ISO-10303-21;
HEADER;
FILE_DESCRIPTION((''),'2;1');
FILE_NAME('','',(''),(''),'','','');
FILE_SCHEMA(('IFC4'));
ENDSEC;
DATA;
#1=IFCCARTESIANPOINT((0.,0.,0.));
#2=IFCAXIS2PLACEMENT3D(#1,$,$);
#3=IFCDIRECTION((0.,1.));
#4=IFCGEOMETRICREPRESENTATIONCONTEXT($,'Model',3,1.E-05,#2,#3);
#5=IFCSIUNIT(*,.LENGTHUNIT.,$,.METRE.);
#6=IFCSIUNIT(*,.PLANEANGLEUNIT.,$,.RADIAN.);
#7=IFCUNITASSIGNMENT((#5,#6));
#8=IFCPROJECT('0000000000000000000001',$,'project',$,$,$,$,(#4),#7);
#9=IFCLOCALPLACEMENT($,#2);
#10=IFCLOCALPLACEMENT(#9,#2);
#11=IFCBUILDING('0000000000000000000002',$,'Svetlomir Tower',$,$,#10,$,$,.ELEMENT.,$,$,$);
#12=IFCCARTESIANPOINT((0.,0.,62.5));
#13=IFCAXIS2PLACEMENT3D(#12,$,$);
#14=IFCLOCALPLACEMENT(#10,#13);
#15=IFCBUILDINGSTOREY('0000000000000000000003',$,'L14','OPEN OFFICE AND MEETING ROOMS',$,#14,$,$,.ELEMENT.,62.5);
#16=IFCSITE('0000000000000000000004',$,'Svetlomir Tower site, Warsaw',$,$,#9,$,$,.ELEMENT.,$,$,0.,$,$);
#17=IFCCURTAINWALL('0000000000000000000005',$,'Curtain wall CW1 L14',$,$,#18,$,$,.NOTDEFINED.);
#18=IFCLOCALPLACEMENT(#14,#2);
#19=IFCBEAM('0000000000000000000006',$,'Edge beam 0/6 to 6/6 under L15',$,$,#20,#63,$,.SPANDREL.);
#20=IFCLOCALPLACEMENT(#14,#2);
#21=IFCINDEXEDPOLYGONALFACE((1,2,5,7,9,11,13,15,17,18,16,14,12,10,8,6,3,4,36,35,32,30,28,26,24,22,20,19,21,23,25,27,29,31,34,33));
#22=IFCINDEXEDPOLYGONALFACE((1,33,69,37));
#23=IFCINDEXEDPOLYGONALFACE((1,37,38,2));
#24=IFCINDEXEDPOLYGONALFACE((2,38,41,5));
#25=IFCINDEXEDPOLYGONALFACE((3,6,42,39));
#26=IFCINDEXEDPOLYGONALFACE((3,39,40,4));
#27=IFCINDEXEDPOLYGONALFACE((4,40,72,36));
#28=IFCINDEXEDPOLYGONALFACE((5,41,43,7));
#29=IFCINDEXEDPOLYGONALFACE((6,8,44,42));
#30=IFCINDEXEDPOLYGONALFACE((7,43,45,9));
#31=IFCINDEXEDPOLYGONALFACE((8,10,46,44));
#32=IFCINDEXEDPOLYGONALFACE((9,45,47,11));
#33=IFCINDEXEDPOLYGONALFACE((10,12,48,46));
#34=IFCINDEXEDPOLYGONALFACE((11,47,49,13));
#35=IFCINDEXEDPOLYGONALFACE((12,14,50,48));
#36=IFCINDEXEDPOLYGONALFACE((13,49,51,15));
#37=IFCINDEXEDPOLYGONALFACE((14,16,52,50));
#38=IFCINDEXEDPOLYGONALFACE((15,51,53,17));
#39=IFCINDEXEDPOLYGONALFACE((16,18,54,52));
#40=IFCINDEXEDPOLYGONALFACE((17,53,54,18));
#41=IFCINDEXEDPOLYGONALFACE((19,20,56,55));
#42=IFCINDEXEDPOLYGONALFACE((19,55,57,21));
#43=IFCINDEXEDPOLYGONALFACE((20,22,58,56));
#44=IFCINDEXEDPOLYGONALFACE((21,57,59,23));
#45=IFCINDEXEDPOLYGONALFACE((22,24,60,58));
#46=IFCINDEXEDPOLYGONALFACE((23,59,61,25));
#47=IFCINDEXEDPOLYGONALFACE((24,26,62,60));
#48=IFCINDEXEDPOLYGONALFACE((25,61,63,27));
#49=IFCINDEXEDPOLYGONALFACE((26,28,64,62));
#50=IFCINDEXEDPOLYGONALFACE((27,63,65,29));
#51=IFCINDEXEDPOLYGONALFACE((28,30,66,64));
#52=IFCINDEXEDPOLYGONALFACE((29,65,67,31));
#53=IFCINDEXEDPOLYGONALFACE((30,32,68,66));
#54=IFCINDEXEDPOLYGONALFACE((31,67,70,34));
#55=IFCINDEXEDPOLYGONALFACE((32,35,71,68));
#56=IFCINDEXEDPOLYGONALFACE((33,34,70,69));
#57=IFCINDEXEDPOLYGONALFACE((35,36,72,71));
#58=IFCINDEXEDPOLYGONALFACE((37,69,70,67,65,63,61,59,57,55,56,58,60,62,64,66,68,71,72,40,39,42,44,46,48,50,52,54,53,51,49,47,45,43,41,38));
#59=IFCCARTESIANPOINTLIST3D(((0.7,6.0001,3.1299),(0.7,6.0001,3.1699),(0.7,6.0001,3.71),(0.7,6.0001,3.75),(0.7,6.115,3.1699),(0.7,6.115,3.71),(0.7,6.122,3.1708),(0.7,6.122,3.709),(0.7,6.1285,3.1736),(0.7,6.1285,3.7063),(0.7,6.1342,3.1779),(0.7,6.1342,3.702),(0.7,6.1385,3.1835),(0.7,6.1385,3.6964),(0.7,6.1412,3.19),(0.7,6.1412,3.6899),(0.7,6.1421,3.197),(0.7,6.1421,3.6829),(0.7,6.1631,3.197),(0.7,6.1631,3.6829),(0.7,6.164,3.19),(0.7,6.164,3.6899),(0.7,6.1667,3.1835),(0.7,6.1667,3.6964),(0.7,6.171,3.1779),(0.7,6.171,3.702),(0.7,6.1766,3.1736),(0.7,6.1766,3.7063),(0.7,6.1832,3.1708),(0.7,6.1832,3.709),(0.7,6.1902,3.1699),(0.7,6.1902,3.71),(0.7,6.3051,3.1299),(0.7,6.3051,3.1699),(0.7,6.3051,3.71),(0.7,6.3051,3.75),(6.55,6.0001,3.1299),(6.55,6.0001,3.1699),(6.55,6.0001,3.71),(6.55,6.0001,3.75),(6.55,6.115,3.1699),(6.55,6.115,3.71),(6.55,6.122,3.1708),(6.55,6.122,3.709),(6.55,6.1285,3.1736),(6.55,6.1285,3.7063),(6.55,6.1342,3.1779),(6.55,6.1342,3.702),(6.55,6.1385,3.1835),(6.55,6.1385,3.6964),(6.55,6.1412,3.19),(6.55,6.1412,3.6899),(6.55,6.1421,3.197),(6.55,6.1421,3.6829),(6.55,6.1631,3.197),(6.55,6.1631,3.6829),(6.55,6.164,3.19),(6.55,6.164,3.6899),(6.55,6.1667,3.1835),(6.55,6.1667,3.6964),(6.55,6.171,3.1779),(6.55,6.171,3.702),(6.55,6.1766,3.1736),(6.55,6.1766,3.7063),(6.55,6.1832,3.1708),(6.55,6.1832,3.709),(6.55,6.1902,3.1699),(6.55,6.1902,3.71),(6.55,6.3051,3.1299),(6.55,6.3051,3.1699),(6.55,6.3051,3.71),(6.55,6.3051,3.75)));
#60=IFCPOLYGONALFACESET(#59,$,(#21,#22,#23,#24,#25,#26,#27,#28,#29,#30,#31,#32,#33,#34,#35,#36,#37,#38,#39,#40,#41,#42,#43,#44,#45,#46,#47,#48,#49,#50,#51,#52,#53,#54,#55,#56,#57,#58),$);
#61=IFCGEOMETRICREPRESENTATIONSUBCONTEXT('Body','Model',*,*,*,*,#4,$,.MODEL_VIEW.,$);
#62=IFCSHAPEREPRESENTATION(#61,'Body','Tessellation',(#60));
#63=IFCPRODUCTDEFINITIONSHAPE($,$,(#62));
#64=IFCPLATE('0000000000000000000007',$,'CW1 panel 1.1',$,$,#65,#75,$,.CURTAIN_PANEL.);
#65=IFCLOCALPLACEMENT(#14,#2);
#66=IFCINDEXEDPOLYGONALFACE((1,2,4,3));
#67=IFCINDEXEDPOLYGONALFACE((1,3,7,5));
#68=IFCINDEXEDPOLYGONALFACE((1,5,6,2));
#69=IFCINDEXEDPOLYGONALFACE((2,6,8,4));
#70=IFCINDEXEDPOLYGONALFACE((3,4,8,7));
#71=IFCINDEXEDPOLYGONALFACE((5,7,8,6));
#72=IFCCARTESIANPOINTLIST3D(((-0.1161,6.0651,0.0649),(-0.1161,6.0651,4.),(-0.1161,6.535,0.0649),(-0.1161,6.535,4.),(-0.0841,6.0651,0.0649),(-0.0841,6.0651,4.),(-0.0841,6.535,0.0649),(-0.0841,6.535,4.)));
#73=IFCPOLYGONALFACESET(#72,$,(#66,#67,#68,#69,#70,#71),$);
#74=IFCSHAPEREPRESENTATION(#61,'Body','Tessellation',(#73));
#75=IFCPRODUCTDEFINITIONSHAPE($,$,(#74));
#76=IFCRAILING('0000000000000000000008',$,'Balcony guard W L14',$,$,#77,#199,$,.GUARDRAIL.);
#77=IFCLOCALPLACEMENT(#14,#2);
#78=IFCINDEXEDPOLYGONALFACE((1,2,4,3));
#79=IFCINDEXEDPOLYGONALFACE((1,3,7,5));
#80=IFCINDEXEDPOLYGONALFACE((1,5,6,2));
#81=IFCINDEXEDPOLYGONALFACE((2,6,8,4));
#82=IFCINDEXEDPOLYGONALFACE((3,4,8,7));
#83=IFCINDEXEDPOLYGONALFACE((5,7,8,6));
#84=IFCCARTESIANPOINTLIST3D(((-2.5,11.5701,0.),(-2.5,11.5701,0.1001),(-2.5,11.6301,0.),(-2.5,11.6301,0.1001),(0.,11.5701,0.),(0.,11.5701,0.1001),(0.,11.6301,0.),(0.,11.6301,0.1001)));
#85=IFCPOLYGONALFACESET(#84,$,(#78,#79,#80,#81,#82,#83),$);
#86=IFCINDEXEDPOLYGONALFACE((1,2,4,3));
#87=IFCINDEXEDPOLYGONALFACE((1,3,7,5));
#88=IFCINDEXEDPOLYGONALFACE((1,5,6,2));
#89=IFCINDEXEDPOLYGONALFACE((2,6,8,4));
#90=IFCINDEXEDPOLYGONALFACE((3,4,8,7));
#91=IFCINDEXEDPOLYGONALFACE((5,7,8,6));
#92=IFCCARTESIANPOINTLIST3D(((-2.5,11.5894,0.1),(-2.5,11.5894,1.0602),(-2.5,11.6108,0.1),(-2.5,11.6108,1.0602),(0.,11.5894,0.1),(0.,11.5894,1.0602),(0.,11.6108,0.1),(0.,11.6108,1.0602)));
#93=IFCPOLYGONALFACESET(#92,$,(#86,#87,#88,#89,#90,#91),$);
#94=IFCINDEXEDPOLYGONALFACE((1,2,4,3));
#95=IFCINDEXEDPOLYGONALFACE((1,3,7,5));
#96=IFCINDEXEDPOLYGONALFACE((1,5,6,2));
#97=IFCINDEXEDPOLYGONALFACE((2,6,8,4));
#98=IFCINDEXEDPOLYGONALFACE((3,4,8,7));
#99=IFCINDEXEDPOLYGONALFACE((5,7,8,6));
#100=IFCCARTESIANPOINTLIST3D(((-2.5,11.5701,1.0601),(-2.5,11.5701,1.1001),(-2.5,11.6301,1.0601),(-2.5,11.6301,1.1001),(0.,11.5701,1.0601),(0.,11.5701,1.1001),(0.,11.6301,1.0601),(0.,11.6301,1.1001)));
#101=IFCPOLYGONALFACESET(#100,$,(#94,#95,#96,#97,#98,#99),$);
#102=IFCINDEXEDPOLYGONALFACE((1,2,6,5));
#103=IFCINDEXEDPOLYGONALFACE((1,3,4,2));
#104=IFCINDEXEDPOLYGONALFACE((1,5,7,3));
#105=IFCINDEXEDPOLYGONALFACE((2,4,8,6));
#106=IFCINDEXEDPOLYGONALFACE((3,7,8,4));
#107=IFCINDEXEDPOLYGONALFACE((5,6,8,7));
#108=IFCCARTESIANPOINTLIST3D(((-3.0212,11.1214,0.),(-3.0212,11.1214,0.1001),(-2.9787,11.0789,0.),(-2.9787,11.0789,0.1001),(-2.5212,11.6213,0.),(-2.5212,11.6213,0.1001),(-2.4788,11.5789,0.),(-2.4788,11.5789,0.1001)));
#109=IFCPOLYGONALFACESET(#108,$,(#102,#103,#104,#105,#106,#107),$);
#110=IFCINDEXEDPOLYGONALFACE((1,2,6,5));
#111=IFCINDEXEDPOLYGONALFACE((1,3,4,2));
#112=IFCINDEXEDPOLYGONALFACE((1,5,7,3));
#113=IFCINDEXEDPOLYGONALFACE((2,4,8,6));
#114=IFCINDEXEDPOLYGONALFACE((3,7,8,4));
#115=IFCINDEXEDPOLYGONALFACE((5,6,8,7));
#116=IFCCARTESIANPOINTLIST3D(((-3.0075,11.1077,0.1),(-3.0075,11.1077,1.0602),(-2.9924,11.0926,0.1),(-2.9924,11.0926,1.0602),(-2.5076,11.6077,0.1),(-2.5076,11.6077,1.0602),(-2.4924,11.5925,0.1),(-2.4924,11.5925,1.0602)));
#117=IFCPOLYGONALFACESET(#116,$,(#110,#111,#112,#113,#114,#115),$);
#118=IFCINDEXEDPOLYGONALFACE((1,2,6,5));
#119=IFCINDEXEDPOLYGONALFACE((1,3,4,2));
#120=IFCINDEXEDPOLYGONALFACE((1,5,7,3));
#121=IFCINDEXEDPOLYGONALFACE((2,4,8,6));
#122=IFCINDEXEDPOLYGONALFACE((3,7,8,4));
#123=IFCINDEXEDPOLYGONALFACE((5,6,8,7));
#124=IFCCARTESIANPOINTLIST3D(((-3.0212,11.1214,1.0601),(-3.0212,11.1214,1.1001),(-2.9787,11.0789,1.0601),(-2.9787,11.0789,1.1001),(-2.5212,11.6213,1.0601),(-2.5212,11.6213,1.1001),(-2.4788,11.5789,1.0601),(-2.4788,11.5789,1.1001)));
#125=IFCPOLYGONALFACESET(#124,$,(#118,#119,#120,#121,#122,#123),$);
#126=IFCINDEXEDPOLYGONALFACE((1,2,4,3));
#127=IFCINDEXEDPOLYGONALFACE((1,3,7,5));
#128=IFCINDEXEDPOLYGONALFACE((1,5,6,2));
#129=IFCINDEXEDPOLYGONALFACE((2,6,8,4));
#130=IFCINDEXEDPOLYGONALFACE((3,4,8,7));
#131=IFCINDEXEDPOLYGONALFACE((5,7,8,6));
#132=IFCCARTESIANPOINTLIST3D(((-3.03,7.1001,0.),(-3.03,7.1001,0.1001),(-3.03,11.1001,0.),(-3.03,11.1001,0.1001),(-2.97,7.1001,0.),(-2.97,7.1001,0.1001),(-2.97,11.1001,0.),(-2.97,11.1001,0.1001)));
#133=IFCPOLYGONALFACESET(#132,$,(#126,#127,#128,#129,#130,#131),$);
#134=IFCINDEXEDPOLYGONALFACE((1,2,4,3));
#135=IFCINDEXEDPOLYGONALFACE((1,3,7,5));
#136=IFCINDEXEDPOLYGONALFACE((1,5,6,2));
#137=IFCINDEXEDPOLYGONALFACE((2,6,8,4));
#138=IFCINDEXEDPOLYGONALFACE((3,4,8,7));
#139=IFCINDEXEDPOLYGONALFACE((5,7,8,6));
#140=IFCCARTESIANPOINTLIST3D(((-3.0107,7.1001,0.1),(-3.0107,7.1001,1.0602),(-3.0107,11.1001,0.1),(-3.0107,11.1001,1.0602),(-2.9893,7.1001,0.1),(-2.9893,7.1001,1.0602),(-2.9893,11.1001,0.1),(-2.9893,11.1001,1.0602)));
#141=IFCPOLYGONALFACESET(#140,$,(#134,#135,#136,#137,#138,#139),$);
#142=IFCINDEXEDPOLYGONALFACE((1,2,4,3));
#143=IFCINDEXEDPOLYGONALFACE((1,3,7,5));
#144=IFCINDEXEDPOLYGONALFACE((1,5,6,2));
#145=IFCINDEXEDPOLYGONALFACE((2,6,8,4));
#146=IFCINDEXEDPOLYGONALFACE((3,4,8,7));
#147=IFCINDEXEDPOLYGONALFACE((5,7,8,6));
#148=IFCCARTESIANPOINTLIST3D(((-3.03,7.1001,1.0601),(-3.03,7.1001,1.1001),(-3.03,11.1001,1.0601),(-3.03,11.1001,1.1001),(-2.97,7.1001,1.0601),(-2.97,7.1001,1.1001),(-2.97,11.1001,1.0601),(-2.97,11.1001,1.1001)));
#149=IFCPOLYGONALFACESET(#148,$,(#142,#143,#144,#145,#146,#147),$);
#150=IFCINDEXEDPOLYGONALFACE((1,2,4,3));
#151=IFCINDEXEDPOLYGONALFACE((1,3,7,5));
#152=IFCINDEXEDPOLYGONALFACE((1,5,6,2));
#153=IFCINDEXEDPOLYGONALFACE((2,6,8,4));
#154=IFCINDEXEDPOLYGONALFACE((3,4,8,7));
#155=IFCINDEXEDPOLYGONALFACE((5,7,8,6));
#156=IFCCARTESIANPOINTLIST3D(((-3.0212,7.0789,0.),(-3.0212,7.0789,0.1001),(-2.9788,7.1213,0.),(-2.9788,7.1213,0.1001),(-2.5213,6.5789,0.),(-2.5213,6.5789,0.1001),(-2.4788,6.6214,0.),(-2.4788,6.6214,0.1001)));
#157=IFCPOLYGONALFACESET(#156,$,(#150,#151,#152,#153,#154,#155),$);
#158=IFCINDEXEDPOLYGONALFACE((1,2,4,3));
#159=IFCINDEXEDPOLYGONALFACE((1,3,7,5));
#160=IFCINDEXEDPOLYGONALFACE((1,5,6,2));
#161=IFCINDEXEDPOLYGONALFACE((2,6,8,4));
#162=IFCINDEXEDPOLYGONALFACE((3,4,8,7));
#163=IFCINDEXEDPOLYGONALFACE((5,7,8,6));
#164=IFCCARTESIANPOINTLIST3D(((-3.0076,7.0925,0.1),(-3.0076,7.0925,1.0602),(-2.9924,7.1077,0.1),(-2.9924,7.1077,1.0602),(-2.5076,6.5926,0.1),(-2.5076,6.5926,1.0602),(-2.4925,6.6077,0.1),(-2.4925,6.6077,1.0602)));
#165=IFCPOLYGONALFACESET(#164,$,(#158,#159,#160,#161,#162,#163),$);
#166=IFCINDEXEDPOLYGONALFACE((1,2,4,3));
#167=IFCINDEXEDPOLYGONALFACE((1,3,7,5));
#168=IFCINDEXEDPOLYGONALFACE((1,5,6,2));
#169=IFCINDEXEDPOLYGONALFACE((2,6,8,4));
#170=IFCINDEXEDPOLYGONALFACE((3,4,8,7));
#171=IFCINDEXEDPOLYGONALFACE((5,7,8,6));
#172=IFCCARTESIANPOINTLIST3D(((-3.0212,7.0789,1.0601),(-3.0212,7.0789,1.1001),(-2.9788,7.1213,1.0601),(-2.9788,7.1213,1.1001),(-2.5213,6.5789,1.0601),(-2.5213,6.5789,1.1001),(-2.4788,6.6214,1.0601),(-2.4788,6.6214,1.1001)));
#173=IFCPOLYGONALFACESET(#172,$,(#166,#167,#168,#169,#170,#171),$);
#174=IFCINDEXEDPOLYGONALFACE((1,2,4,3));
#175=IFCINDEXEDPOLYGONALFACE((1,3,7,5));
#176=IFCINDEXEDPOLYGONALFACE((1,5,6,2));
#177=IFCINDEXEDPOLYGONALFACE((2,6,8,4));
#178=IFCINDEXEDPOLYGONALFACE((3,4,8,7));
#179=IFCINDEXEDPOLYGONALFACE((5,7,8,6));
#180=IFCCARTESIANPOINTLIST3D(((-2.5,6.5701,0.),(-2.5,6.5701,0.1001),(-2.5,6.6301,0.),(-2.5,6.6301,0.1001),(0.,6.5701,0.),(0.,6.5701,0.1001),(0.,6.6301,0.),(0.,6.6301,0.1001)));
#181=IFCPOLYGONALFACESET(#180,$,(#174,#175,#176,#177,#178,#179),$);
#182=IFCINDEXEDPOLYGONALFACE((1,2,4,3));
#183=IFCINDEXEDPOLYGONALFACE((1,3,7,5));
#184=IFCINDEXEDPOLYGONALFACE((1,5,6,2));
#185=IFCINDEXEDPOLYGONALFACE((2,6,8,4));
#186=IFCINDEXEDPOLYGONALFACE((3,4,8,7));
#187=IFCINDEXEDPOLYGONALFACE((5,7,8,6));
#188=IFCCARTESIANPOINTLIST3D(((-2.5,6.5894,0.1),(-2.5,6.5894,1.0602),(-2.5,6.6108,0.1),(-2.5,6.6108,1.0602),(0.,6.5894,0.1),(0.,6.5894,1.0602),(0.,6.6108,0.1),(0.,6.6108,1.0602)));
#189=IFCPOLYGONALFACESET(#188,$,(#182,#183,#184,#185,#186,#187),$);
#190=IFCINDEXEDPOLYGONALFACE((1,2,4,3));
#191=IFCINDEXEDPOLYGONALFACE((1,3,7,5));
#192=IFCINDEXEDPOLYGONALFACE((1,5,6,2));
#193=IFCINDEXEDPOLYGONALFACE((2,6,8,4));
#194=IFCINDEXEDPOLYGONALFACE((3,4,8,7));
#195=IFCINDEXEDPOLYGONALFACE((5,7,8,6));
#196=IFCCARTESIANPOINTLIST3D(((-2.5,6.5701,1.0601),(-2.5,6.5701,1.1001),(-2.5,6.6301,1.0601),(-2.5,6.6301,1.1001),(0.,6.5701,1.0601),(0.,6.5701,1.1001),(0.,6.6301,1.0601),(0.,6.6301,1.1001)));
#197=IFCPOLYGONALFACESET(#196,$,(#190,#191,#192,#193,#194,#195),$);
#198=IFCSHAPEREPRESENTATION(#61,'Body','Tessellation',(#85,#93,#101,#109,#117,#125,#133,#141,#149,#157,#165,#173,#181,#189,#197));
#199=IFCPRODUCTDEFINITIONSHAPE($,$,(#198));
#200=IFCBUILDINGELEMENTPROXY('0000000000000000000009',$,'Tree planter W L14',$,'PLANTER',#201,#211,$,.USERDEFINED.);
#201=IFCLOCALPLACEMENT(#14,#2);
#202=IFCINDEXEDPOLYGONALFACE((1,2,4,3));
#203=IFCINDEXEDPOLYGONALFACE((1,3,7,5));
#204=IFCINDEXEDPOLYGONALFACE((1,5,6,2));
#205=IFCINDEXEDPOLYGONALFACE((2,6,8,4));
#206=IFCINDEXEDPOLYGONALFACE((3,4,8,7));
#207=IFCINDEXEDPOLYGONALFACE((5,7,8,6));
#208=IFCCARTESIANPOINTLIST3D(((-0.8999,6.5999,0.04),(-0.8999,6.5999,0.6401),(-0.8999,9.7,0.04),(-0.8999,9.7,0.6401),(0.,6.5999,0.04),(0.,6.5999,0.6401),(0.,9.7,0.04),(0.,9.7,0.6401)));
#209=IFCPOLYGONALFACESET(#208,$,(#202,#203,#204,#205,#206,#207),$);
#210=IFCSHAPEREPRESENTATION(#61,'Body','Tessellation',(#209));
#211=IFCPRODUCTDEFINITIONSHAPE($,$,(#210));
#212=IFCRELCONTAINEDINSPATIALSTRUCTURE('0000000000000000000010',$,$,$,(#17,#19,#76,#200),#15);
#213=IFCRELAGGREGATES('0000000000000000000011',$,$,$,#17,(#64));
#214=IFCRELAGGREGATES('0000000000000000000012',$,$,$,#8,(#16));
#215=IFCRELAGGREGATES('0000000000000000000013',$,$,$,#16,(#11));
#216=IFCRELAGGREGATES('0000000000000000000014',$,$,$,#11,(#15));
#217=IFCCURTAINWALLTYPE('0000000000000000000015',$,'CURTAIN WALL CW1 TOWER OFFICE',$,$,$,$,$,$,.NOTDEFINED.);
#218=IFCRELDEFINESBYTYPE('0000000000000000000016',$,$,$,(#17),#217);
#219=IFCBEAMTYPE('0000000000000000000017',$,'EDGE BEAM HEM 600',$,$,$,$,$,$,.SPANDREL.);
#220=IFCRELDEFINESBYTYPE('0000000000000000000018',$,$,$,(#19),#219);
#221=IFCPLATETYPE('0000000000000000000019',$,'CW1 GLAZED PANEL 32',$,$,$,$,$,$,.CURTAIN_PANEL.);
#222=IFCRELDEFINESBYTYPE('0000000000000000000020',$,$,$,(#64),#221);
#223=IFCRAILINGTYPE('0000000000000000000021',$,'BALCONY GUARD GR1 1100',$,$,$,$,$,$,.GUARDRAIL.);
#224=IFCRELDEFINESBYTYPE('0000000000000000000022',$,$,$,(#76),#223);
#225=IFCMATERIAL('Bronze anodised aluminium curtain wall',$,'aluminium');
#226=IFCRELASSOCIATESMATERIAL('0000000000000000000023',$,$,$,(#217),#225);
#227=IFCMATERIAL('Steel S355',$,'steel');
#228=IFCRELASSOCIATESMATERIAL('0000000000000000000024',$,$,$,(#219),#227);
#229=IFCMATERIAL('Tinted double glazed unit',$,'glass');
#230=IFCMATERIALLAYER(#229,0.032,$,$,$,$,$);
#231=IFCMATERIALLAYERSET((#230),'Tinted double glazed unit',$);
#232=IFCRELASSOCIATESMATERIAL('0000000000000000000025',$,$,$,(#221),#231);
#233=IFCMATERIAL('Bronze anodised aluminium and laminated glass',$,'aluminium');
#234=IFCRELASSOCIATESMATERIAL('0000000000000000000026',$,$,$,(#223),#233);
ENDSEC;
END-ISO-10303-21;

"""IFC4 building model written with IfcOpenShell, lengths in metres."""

from ifc_helpers import new_model, si_unit, direction, frame, origin, origin_2d, place, context, subcontext, project, spatial, rectangle, i_section, extrude, material, layer, layer_set, material_profile, profile_set, type_object, element, aggregate, save


model = new_model("IFC4")

# Units and contexts
model_context = context("Model", 3, precision=1e-05, world=origin(), true_north=direction((0.0, 1.0)))
body_context = subcontext(model_context, "Body", "Model", "MODEL_VIEW")
ifc_project = project(units=[si_unit("LENGTHUNIT", "METRE"), si_unit("PLANEANGLEUNIT", "RADIAN")], contexts=[model_context])

# Site, building, storey
site_placement = place(None, origin())
site = spatial("IfcSite", under=ifc_project, at=site_placement, Name="Svetlomir Tower site, Warsaw", CompositionType="ELEMENT", RefElevation=0.0)
building_placement = place(site_placement, origin())
building = spatial("IfcBuilding", under=site, at=building_placement, Name="Svetlomir Tower", CompositionType="ELEMENT")
storey_placement = place(building_placement, frame((0.0, 0.0, 62.5)))
storey = spatial("IfcBuildingStorey", under=building, at=storey_placement, Name="L14", Description="OPEN OFFICE AND MEETING ROOMS", CompositionType="ELEMENT", Elevation=62.5)

# Shared definitions
ifc_material_1 = material(Name="Bronze anodised aluminium curtain wall", Category="aluminium")
curtain_wall_type = type_object("IfcCurtainWallType", Name="CURTAIN WALL CW1 TOWER OFFICE", PredefinedType="NOTDEFINED", material=ifc_material_1)

# Curtain wall
curtain_wall_1_placement = place(storey_placement, origin())
curtain_wall_1 = element("IfcCurtainWall", 1, at=curtain_wall_1_placement, inside=storey, type_object=curtain_wall_type, Name="Curtain wall CW1 L14", PredefinedType="NOTDEFINED")

# Beam
ifc_material_2 = material(Name="Steel S355", Category="steel")
ifc_material_profile_1 = material_profile(ifc_material_2, i_section(OverallWidth=0.3049, OverallDepth=0.6201, WebThickness=0.021, FlangeThickness=0.04, FilletRadius=0.0271, at=origin_2d()), Name="HEM 600")
ifc_profile_set_1 = profile_set([ifc_material_profile_1], Name="Steel S355")
beam_type_1 = type_object("IfcBeamType", Name="EDGE BEAM HEM 600", PredefinedType="SPANDREL", material=ifc_profile_set_1)
beam_1_placement = place(storey_placement, frame((0.7, 6.1526, 3.4399), z_axis=(1.0, 0.0, 0.0), x_axis=(0.0, 1.0, 0.0)))
element("IfcBeam", 2, at=beam_1_placement, inside=storey, type_object=beam_type_1, Name="Edge beam 0/6 to 6/6 under L15", PredefinedType="SPANDREL", context=body_context, shape_type="SweptSolid", body=[
    extrude(i_section(OverallWidth=0.3049, OverallDepth=0.6201, WebThickness=0.021, FlangeThickness=0.04, FilletRadius=0.0271, at=origin_2d()), origin(), (0.0, 0.0, 1.0), 5.8501),
])

# Plate
ifc_material_3 = material(Name="Tinted double glazed unit", Category="glass")
ifc_layer_1 = layer(ifc_material_3, 0.032)
ifc_layer_set_1 = layer_set([ifc_layer_1], Name="Tinted double glazed unit")
plate_type = type_object("IfcPlateType", Name="CW1 GLAZED PANEL 32", PredefinedType="CURTAIN_PANEL", material=ifc_layer_set_1)
plate_placement = place(storey_placement, frame((-0.1001, 6.3, 0.0649), z_axis=(0.0, 0.0, 1.0), x_axis=(0.0, -1.0, 0.0)))
plate = element("IfcPlate", 3, at=plate_placement, type_object=plate_type, Name="CW1 panel 1.1", PredefinedType="CURTAIN_PANEL", context=body_context, shape_type="SweptSolid", body=[
    extrude(rectangle(XDim=0.47, YDim=0.032, at=origin_2d()), origin(), (0.0, 0.0, 1.0), 3.9351),
])
aggregate(curtain_wall_1, [plate])

# Railing
ifc_material_4 = material(Name="Bronze anodised aluminium and laminated glass", Category="aluminium")
railing_type = type_object("IfcRailingType", Name="BALCONY GUARD GR1 1100", PredefinedType="GUARDRAIL", material=ifc_material_4)
railing_placement = place(storey_placement, frame((0.0, 11.6001, 0.0)))
element("IfcRailing", 4, at=railing_placement, inside=storey, type_object=railing_type, Name="Balcony guard W L14", PredefinedType="GUARDRAIL", context=body_context, shape_type="SweptSolid", body=[
    extrude(rectangle(XDim=0.0601, YDim=0.1001, at=origin_2d()), frame((0.0, 0.0, 0.05), z_axis=(-1.0, 0.0, 0.0), x_axis=(0.0, -1.0, 0.0)), (0.0, 0.0, 1.0), 2.5),
    extrude(rectangle(XDim=0.0215, YDim=0.9602, at=origin_2d()), frame((0.0, 0.0, 0.5801), z_axis=(-1.0, 0.0, 0.0), x_axis=(0.0, -1.0, 0.0)), (0.0, 0.0, 1.0), 2.5),
    extrude(rectangle(XDim=0.0601, YDim=0.04, at=origin_2d()), frame((0.0, 0.0, 1.0801), z_axis=(-1.0, 0.0, 0.0), x_axis=(0.0, -1.0, 0.0)), (0.0, 0.0, 1.0), 2.5),
    extrude(rectangle(XDim=0.0601, YDim=0.1001, at=origin_2d()), frame((-2.5, 0.0, 0.05), z_axis=(-0.707107, -0.707107, 0.0), x_axis=(0.707107, -0.707107, 0.0)), (0.0, 0.0, 1.0), 0.707),
    extrude(rectangle(XDim=0.0215, YDim=0.9602, at=origin_2d()), frame((-2.5, 0.0, 0.5801), z_axis=(-0.707107, -0.707107, 0.0), x_axis=(0.707107, -0.707107, 0.0)), (0.0, 0.0, 1.0), 0.707),
    extrude(rectangle(XDim=0.0601, YDim=0.04, at=origin_2d()), frame((-2.5, 0.0, 1.0801), z_axis=(-0.707107, -0.707107, 0.0), x_axis=(0.707107, -0.707107, 0.0)), (0.0, 0.0, 1.0), 0.707),
    extrude(rectangle(XDim=0.0601, YDim=0.1001, at=origin_2d()), frame((-3.0, -0.5, 0.05), z_axis=(0.0, -1.0, 0.0), x_axis=(1.0, 0.0, 0.0)), (0.0, 0.0, 1.0), 4.0),
    extrude(rectangle(XDim=0.0215, YDim=0.9602, at=origin_2d()), frame((-3.0, -0.5, 0.5801), z_axis=(0.0, -1.0, 0.0), x_axis=(1.0, 0.0, 0.0)), (0.0, 0.0, 1.0), 4.0),
    extrude(rectangle(XDim=0.0601, YDim=0.04, at=origin_2d()), frame((-3.0, -0.5, 1.0801), z_axis=(0.0, -1.0, 0.0), x_axis=(1.0, 0.0, 0.0)), (0.0, 0.0, 1.0), 4.0),
    extrude(rectangle(XDim=0.0601, YDim=0.1001, at=origin_2d()), frame((-3.0, -4.5, 0.05), z_axis=(0.707107, -0.707107, 0.0), x_axis=(0.707107, 0.707107, 0.0)), (0.0, 0.0, 1.0), 0.707),
    extrude(rectangle(XDim=0.0215, YDim=0.9602, at=origin_2d()), frame((-3.0, -4.5, 0.5801), z_axis=(0.707107, -0.707107, 0.0), x_axis=(0.707107, 0.707107, 0.0)), (0.0, 0.0, 1.0), 0.707),
    extrude(rectangle(XDim=0.0601, YDim=0.04, at=origin_2d()), frame((-3.0, -4.5, 1.0801), z_axis=(0.707107, -0.707107, 0.0), x_axis=(0.707107, 0.707107, 0.0)), (0.0, 0.0, 1.0), 0.707),
    extrude(rectangle(XDim=0.0601, YDim=0.1001, at=origin_2d()), frame((-2.5, -5.0, 0.05), z_axis=(1.0, 0.0, 0.0), x_axis=(0.0, 1.0, 0.0)), (0.0, 0.0, 1.0), 2.5),
    extrude(rectangle(XDim=0.0215, YDim=0.9602, at=origin_2d()), frame((-2.5, -5.0, 0.5801), z_axis=(1.0, 0.0, 0.0), x_axis=(0.0, 1.0, 0.0)), (0.0, 0.0, 1.0), 2.5),
    extrude(rectangle(XDim=0.0601, YDim=0.04, at=origin_2d()), frame((-2.5, -5.0, 1.0801), z_axis=(1.0, 0.0, 0.0), x_axis=(0.0, 1.0, 0.0)), (0.0, 0.0, 1.0), 2.5),
])

# Building element proxy
proxy_placement = place(storey_placement, frame((-0.45, 8.1499, 0.04), z_axis=(0.0, 0.0, 1.0), x_axis=(1.0, 0.0, 0.0)))
element("IfcBuildingElementProxy", 5, at=proxy_placement, inside=storey, Name="Tree planter W L14", ObjectType="PLANTER", PredefinedType="USERDEFINED", context=body_context, shape_type="SweptSolid", body=[
    extrude(rectangle(XDim=0.8999, YDim=3.1001, at=origin_2d()), origin(), (0.0, 0.0, 1.0), 0.6001),
])

save(model, "model.ifc")
